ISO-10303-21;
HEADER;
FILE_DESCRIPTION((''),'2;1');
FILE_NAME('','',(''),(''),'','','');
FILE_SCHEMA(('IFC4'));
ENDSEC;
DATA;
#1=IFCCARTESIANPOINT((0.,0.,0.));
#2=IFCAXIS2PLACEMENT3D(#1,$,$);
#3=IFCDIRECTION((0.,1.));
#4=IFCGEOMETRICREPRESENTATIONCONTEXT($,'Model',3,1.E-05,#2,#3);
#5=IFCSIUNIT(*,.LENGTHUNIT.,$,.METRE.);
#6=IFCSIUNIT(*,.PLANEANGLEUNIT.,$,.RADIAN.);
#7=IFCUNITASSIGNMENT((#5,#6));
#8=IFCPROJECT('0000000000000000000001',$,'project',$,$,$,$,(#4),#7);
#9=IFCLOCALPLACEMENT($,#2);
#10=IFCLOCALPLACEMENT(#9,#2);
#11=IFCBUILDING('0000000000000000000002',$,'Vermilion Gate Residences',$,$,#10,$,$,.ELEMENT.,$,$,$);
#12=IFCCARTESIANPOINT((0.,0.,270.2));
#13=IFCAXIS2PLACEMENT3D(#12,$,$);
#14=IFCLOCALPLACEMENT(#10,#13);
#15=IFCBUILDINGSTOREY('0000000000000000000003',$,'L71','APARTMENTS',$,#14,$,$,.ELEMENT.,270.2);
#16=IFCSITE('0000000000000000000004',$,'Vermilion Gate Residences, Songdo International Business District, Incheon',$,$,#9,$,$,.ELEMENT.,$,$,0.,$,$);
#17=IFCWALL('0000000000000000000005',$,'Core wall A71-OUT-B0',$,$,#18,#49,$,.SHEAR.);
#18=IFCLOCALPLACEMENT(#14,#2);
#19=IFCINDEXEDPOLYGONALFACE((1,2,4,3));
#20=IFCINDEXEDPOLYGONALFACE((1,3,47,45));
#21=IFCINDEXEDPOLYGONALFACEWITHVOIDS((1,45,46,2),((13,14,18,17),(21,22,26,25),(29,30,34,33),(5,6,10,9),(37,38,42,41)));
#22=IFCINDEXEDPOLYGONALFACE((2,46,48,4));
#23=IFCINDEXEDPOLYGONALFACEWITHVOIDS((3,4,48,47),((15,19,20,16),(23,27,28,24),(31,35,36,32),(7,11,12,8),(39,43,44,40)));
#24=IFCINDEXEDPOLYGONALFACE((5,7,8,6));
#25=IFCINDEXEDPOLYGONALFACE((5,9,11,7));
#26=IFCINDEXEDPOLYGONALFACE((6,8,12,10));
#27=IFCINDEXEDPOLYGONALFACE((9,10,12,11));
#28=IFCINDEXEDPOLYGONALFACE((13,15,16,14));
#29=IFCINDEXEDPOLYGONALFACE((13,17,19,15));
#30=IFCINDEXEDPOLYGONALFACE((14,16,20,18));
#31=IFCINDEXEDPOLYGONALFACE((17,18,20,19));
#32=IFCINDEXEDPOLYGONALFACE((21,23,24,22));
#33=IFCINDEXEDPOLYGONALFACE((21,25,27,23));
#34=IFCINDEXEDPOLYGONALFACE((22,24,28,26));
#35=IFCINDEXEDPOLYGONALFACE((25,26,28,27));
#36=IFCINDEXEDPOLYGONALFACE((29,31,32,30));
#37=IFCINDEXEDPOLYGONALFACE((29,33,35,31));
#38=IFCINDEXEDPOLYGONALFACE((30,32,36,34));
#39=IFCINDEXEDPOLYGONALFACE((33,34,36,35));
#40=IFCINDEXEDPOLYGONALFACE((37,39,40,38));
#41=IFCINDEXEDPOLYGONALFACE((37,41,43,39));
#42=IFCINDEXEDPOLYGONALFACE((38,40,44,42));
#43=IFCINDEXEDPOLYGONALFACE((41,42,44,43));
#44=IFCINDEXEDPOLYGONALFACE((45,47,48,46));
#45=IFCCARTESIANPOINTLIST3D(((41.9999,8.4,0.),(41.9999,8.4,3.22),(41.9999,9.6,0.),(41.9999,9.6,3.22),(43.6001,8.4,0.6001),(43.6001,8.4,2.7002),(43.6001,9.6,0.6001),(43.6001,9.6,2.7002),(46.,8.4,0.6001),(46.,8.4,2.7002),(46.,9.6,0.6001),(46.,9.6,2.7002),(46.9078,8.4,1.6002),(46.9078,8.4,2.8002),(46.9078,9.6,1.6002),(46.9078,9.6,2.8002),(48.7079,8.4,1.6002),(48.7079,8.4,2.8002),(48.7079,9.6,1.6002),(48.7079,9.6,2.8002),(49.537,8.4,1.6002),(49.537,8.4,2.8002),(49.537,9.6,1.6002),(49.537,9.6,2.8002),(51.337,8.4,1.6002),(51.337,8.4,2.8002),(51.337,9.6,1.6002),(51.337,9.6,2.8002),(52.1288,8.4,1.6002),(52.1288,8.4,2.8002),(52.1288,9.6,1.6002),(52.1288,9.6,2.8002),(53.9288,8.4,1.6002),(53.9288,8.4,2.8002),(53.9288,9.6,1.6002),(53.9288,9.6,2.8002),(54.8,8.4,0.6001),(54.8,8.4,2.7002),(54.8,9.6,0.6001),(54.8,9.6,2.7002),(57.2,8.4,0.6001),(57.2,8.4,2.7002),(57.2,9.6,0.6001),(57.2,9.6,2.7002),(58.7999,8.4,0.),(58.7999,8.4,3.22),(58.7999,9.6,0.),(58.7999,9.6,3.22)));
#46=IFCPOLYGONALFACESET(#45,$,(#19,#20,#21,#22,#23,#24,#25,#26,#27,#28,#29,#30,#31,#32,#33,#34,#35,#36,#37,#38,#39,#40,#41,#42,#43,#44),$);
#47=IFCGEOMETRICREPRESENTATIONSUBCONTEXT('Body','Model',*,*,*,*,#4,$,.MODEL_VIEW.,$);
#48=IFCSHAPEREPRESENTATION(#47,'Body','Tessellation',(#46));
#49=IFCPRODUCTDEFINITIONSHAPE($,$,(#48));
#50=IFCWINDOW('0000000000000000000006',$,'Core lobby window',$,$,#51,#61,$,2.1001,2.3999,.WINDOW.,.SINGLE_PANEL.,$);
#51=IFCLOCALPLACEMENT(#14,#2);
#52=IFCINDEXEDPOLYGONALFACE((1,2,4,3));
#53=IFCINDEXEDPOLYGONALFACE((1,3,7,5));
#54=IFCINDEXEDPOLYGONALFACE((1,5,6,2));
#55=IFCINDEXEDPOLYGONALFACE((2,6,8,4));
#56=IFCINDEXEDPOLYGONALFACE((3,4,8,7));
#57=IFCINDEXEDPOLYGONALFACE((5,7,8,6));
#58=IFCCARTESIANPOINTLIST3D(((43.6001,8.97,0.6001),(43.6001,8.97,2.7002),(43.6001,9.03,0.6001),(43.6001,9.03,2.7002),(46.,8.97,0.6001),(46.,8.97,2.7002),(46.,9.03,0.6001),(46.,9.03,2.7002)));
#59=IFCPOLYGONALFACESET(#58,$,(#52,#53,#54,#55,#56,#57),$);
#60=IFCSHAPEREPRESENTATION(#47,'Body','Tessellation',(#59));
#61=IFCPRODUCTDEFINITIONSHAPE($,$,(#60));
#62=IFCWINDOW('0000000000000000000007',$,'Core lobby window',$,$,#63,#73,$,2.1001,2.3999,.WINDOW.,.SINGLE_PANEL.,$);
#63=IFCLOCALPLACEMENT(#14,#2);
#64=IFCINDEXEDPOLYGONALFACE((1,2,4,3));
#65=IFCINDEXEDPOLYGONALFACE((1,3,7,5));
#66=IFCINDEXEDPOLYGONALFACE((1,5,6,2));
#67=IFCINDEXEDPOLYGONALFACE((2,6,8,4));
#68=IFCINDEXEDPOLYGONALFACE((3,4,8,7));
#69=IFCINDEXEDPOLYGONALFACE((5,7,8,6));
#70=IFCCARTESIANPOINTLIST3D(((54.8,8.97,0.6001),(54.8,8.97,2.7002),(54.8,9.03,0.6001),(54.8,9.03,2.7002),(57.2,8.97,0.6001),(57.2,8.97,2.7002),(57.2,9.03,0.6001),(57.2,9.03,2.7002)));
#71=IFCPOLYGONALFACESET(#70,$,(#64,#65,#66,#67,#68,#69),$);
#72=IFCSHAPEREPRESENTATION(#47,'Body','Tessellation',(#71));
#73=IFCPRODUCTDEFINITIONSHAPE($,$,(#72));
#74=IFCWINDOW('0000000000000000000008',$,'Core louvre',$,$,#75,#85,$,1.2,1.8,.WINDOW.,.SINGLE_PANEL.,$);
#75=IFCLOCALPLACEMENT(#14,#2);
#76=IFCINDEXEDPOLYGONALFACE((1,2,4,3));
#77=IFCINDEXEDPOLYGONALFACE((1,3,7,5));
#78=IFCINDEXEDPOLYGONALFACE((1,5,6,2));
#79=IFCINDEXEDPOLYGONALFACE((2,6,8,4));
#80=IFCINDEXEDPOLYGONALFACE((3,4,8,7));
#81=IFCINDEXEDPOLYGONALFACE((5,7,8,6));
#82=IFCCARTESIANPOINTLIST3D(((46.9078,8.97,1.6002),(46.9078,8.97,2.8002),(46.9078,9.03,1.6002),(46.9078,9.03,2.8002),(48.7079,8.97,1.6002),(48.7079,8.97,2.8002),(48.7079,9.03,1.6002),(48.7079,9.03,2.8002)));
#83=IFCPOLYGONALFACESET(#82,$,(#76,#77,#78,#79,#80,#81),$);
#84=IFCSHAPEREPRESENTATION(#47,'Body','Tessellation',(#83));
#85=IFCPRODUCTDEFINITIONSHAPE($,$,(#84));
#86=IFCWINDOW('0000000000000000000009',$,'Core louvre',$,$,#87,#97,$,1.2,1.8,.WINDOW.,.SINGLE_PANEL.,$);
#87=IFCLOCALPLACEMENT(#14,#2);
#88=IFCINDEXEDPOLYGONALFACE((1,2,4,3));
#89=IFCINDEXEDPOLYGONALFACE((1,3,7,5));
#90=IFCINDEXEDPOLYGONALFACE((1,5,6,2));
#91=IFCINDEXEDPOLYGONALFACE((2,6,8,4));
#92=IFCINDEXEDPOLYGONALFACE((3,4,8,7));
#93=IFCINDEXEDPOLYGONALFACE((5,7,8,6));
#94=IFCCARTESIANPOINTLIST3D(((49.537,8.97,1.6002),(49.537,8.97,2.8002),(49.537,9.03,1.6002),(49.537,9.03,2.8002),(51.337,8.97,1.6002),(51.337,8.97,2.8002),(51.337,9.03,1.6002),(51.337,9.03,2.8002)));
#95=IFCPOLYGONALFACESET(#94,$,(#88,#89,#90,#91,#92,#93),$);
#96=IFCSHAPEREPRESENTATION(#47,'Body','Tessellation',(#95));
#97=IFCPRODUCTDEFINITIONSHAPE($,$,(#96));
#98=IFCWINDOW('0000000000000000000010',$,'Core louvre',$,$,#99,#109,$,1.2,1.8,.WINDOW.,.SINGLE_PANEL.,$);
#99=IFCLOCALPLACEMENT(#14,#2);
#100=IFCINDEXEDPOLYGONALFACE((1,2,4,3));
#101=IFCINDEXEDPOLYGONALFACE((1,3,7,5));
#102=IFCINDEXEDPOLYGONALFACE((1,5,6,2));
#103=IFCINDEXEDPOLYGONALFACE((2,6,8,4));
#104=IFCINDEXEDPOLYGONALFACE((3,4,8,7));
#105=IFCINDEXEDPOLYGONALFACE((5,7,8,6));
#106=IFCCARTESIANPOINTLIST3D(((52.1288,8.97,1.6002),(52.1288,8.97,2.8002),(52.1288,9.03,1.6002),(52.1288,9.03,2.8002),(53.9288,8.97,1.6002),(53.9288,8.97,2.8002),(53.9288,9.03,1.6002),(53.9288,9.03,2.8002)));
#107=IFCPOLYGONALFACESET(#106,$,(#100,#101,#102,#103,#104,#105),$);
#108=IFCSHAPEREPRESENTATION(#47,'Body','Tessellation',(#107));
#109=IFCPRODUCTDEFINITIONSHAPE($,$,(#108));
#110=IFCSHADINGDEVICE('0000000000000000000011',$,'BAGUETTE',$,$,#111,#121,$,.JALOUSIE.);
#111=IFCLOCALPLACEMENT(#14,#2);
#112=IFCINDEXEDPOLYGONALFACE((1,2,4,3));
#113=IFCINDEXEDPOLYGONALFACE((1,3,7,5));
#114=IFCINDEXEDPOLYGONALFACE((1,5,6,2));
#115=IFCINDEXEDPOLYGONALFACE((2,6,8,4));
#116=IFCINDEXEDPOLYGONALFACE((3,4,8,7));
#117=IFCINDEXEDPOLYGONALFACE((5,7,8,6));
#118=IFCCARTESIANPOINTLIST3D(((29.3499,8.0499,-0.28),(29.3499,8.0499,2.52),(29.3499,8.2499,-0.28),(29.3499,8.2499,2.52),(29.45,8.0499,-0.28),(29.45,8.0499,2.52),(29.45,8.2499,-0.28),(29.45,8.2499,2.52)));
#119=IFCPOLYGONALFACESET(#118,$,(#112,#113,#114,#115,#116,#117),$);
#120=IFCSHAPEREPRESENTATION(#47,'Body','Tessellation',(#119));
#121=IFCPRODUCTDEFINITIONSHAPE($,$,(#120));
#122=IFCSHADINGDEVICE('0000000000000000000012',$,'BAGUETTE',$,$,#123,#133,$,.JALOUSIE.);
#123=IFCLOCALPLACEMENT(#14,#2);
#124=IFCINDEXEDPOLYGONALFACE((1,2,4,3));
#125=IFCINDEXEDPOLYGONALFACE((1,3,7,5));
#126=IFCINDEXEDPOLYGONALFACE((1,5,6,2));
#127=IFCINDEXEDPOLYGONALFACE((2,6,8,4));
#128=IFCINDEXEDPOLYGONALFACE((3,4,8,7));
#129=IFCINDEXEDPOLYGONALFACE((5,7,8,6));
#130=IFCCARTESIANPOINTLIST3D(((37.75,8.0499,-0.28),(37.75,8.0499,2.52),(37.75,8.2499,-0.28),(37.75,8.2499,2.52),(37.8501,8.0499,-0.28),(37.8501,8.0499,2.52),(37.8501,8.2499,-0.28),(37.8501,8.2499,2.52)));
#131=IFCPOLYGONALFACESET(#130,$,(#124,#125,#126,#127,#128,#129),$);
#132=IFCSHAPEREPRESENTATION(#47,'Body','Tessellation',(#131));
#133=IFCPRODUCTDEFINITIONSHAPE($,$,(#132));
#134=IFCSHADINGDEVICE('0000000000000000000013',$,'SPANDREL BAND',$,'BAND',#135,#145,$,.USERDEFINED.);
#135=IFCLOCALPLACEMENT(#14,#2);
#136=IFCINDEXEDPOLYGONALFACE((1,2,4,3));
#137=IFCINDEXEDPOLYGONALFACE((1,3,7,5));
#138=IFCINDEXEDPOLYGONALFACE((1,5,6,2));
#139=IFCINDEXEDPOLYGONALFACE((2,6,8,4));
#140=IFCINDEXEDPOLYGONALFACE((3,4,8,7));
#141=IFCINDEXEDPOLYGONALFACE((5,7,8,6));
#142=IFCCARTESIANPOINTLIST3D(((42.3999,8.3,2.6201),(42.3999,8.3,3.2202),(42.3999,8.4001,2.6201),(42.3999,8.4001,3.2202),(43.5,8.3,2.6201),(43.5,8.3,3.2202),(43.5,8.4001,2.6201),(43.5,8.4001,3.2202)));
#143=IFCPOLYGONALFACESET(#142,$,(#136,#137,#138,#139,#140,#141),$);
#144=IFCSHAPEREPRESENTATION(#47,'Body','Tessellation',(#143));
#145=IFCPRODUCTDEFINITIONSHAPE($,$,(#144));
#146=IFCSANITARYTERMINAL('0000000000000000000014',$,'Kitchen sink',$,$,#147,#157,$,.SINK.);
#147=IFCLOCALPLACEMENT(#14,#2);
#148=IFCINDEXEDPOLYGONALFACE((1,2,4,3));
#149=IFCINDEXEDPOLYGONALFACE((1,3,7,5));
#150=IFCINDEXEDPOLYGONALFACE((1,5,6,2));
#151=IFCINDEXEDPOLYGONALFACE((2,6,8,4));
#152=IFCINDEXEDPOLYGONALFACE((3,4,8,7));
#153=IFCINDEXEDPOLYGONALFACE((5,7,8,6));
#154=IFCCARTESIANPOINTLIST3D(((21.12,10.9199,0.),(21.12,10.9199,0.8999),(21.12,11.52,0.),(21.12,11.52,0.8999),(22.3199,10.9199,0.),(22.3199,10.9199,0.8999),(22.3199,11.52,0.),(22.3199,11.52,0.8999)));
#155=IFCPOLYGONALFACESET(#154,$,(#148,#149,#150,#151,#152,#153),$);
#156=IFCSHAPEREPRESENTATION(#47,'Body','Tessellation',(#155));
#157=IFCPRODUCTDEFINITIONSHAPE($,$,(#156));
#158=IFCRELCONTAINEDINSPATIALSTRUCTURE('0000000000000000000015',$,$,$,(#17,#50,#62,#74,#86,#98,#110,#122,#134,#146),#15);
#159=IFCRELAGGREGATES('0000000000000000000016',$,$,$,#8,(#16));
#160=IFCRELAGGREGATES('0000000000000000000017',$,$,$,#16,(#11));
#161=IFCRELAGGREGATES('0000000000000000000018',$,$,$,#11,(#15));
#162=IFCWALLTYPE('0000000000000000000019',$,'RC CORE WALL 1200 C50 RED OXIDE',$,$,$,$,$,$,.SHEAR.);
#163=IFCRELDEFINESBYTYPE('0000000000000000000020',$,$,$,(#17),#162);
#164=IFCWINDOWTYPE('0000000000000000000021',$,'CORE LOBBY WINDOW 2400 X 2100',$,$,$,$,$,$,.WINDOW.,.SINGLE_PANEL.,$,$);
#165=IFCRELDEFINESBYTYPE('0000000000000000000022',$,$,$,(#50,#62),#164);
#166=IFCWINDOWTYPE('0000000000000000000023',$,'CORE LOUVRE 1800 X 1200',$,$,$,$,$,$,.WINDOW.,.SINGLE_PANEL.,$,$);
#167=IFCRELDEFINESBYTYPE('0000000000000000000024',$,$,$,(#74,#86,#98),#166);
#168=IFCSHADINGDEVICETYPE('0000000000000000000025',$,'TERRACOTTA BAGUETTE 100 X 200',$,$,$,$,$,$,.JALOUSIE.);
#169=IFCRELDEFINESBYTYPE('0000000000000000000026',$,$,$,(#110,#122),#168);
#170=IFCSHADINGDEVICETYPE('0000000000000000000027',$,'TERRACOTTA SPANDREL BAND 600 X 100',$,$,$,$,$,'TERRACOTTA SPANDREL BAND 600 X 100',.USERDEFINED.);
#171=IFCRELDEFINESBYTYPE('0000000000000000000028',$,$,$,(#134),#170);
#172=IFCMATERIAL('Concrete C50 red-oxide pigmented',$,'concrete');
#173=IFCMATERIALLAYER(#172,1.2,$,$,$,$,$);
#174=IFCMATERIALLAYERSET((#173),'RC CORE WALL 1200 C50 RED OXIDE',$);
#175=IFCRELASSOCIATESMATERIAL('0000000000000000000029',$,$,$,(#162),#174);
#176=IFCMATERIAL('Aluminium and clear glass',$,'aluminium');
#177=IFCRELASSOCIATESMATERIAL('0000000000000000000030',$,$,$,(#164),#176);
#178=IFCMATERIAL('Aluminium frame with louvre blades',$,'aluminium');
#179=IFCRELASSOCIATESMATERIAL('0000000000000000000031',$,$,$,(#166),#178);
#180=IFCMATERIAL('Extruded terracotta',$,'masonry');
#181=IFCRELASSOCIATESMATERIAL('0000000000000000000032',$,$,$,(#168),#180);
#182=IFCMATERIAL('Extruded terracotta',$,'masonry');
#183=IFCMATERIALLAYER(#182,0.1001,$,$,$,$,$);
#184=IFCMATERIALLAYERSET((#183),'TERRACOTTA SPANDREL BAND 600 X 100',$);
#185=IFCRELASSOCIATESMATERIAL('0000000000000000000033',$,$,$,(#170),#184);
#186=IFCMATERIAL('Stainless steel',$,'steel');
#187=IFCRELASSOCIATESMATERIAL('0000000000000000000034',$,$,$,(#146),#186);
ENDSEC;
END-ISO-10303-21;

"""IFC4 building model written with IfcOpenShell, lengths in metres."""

from ifc_helpers import new_model, si_unit, direction, frame, frame_2d, origin, origin_2d, place, context, subcontext, project, spatial, rectangle, extrude, material, layer, layer_set, material_profile, profile_set, type_object, element, fill, save


model = new_model("IFC4")

# Units and contexts
model_context = context("Model", 3, precision=1e-05, world=origin(), true_north=direction((0.0, 1.0)))
body_context = subcontext(model_context, "Body", "Model", "MODEL_VIEW")
ifc_project = project(units=[si_unit("LENGTHUNIT", "METRE"), si_unit("PLANEANGLEUNIT", "RADIAN")], contexts=[model_context])

# Site, building, storey
site_placement = place(None, origin())
site = spatial("IfcSite", under=ifc_project, at=site_placement, Name="Vermilion Gate Residences, Songdo International Business District, Incheon", CompositionType="ELEMENT", RefElevation=0.0)
building_placement = place(site_placement, origin())
building = spatial("IfcBuilding", under=site, at=building_placement, Name="Vermilion Gate Residences", CompositionType="ELEMENT")
storey_placement = place(building_placement, frame((0.0, 0.0, 270.2)))
storey = spatial("IfcBuildingStorey", under=building, at=storey_placement, Name="L71", Description="APARTMENTS", CompositionType="ELEMENT", Elevation=270.2)

# Wall, openings, windows
ifc_material_1 = material(Name="Concrete C50 red-oxide pigmented", Category="concrete")
ifc_layer_1 = layer(ifc_material_1, 1.2)
ifc_layer_set_1 = layer_set([ifc_layer_1], Name="RC CORE WALL 1200 C50 RED OXIDE")
wall_type_1 = type_object("IfcWallType", Name="RC CORE WALL 1200 C50 RED OXIDE", PredefinedType="SHEAR", material=ifc_layer_set_1)
wall_1_placement = place(storey_placement, frame((42.0, 9.0, 0.0), z_axis=(0.0, 0.0, 1.0), x_axis=(1.0, 0.0, 0.0)))
wall_1 = element("IfcWall", 1, at=wall_1_placement, inside=storey, type_object=wall_type_1, Name="Core wall A71-OUT-B0", PredefinedType="SHEAR", context=body_context, shape_type="SweptSolid", body=[
    extrude(rectangle(XDim=16.8, YDim=1.2, at=frame_2d((8.3999, 0.0))), origin(), (0.0, 0.0, 1.0), 3.22),
])
opening_1_placement = place(wall_1_placement, frame((1.6001, 0.0, 0.6001)))
opening_1 = element("IfcOpeningElement", 2, at=opening_1_placement, cuts=wall_1, PredefinedType="OPENING", context=body_context, shape_type="SweptSolid", body=[
    extrude(rectangle(XDim=2.3999, YDim=2.1001, at=frame_2d((1.2, 1.05))), frame((0.0, 0.6099, 0.0), z_axis=(0.0, -1.0, 0.0), x_axis=(1.0, 0.0, 0.0)), (0.0, 0.0, 1.0), 1.22),
])
opening_2_placement = place(wall_1_placement, frame((4.908, 0.0, 1.6001)))
opening_2 = element("IfcOpeningElement", 3, at=opening_2_placement, cuts=wall_1, PredefinedType="OPENING", context=body_context, shape_type="SweptSolid", body=[
    extrude(rectangle(XDim=1.8, YDim=1.2, at=frame_2d((0.8999, 0.6001))), frame((0.0, 0.6099, 0.0), z_axis=(0.0, -1.0, 0.0), x_axis=(1.0, 0.0, 0.0)), (0.0, 0.0, 1.0), 1.22),
])
opening_3_placement = place(wall_1_placement, frame((7.5371, 0.0, 1.6001)))
opening_3 = element("IfcOpeningElement", 4, at=opening_3_placement, cuts=wall_1, PredefinedType="OPENING", context=body_context, shape_type="SweptSolid", body=[
    extrude(rectangle(XDim=1.8, YDim=1.2, at=frame_2d((0.8999, 0.6001))), frame((0.0, 0.6099, 0.0), z_axis=(0.0, -1.0, 0.0), x_axis=(1.0, 0.0, 0.0)), (0.0, 0.0, 1.0), 1.22),
])
opening_4_placement = place(wall_1_placement, frame((10.1289, 0.0, 1.6001)))
opening_4 = element("IfcOpeningElement", 5, at=opening_4_placement, cuts=wall_1, PredefinedType="OPENING", context=body_context, shape_type="SweptSolid", body=[
    extrude(rectangle(XDim=1.8, YDim=1.2, at=frame_2d((0.8999, 0.6001))), frame((0.0, 0.6099, 0.0), z_axis=(0.0, -1.0, 0.0), x_axis=(1.0, 0.0, 0.0)), (0.0, 0.0, 1.0), 1.22),
])
opening_5_placement = place(wall_1_placement, frame((12.8, 0.0, 0.6001)))
opening_5 = element("IfcOpeningElement", 6, at=opening_5_placement, cuts=wall_1, PredefinedType="OPENING", context=body_context, shape_type="SweptSolid", body=[
    extrude(rectangle(XDim=2.3999, YDim=2.1001, at=frame_2d((1.2, 1.05))), frame((0.0, 0.6099, 0.0), z_axis=(0.0, -1.0, 0.0), x_axis=(1.0, 0.0, 0.0)), (0.0, 0.0, 1.0), 1.22),
])
ifc_material_2 = material(Name="Aluminium and clear glass", Category="aluminium")
window_type_1 = type_object("IfcWindowType", Name="CORE LOBBY WINDOW 2400 X 2100", PartitioningType="SINGLE_PANEL", PredefinedType="WINDOW", material=ifc_material_2)
window_1_placement = place(opening_1_placement, origin())
window_1 = element("IfcWindow", 7, at=window_1_placement, inside=storey, type_object=window_type_1, Name="Core lobby window", OverallHeight=2.1001, OverallWidth=2.3999, PartitioningType="SINGLE_PANEL", PredefinedType="WINDOW", context=body_context, shape_type="SweptSolid", body=[
    extrude(rectangle(XDim=2.3999, YDim=2.1001, at=frame_2d((1.2, 1.05))), frame((0.0, 0.03, 0.0), z_axis=(0.0, -1.0, 0.0), x_axis=(1.0, 0.0, 0.0)), (0.0, 0.0, 1.0), 0.0601),
])
fill(opening_1, window_1)
window_2_placement = place(opening_5_placement, origin())
window_2 = element("IfcWindow", 8, at=window_2_placement, inside=storey, type_object=window_type_1, Name="Core lobby window", OverallHeight=2.1001, OverallWidth=2.3999, PartitioningType="SINGLE_PANEL", PredefinedType="WINDOW", context=body_context, shape_type="SweptSolid", body=[
    extrude(rectangle(XDim=2.3999, YDim=2.1001, at=frame_2d((1.2, 1.05))), frame((0.0, 0.03, 0.0), z_axis=(0.0, -1.0, 0.0), x_axis=(1.0, 0.0, 0.0)), (0.0, 0.0, 1.0), 0.0601),
])
fill(opening_5, window_2)
ifc_material_3 = material(Name="Aluminium frame with louvre blades", Category="aluminium")
window_type_2 = type_object("IfcWindowType", Name="CORE LOUVRE 1800 X 1200", PartitioningType="SINGLE_PANEL", PredefinedType="WINDOW", material=ifc_material_3)
window_3_placement = place(opening_2_placement, origin())
window_3 = element("IfcWindow", 9, at=window_3_placement, inside=storey, type_object=window_type_2, Name="Core louvre", OverallHeight=1.2, OverallWidth=1.8, PartitioningType="SINGLE_PANEL", PredefinedType="WINDOW", context=body_context, shape_type="SweptSolid", body=[
    extrude(rectangle(XDim=1.8, YDim=1.2, at=frame_2d((0.8999, 0.6001))), frame((0.0, 0.03, 0.0), z_axis=(0.0, -1.0, 0.0), x_axis=(1.0, 0.0, 0.0)), (0.0, 0.0, 1.0), 0.0601),
])
fill(opening_2, window_3)
window_4_placement = place(opening_3_placement, origin())
window_4 = element("IfcWindow", 10, at=window_4_placement, inside=storey, type_object=window_type_2, Name="Core louvre", OverallHeight=1.2, OverallWidth=1.8, PartitioningType="SINGLE_PANEL", PredefinedType="WINDOW", context=body_context, shape_type="SweptSolid", body=[
    extrude(rectangle(XDim=1.8, YDim=1.2, at=frame_2d((0.8999, 0.6001))), frame((0.0, 0.03, 0.0), z_axis=(0.0, -1.0, 0.0), x_axis=(1.0, 0.0, 0.0)), (0.0, 0.0, 1.0), 0.0601),
])
fill(opening_3, window_4)
window_5_placement = place(opening_4_placement, origin())
window_5 = element("IfcWindow", 11, at=window_5_placement, inside=storey, type_object=window_type_2, Name="Core louvre", OverallHeight=1.2, OverallWidth=1.8, PartitioningType="SINGLE_PANEL", PredefinedType="WINDOW", context=body_context, shape_type="SweptSolid", body=[
    extrude(rectangle(XDim=1.8, YDim=1.2, at=frame_2d((0.8999, 0.6001))), frame((0.0, 0.03, 0.0), z_axis=(0.0, -1.0, 0.0), x_axis=(1.0, 0.0, 0.0)), (0.0, 0.0, 1.0), 0.0601),
])
fill(opening_4, window_5)

# Shading devices
ifc_material_4 = material(Name="Extruded terracotta", Category="masonry")
ifc_material_profile_1 = material_profile(ifc_material_4, rectangle(XDim=0.2, YDim=0.1001, at=origin_2d()), Name="BAGUETTE 100 X 200")
ifc_profile_set_1 = profile_set([ifc_material_profile_1], Name="Extruded terracotta")
shading_device_type_1 = type_object("IfcShadingDeviceType", Name="TERRACOTTA BAGUETTE 100 X 200", PredefinedType="JALOUSIE", material=ifc_profile_set_1)
for number, where, z_axis, x_axis, name in (
    (12, (29.3999, 8.1499, -0.28), (0.0, 0.0, 1.0), (0.0, 1.0, 0.0), "BAGUETTE"),
    (13, (37.8, 8.1499, -0.28), (0.0, 0.0, 1.0), (0.0, 1.0, 0.0), "BAGUETTE"),
):
    element("IfcShadingDevice", number, at=place(storey_placement, frame(where, z_axis=z_axis, x_axis=x_axis)), inside=storey, type_object=shading_device_type_1, Name=name, PredefinedType="JALOUSIE", context=body_context, shape_type="SweptSolid", body=[
        extrude(rectangle(XDim=0.2, YDim=0.1001, at=origin_2d()), origin(), (0.0, 0.0, 1.0), 2.8),
    ])
ifc_material_5 = material(Name="Extruded terracotta", Category="masonry")
ifc_layer_2 = layer(ifc_material_5, 0.1001)
ifc_layer_set_2 = layer_set([ifc_layer_2], Name="TERRACOTTA SPANDREL BAND 600 X 100")
shading_device_type_2 = type_object("IfcShadingDeviceType", Name="TERRACOTTA SPANDREL BAND 600 X 100", ElementType="TERRACOTTA SPANDREL BAND 600 X 100", PredefinedType="USERDEFINED", material=ifc_layer_set_2)
shading_device_placement = place(storey_placement, frame((42.95, 8.3501, 2.6201), z_axis=(0.0, 0.0, 1.0), x_axis=(1.0, 0.0, 0.0)))
element("IfcShadingDevice", 14, at=shading_device_placement, inside=storey, type_object=shading_device_type_2, Name="SPANDREL BAND", ObjectType="BAND", PredefinedType="USERDEFINED", context=body_context, shape_type="SweptSolid", body=[
    extrude(rectangle(XDim=1.1001, YDim=0.1001, at=origin_2d()), origin(), (0.0, 0.0, 1.0), 0.6001),
])

# Sanitary terminal
ifc_material_6 = material(Name="Stainless steel", Category="steel")
sanitary_terminal_placement = place(storey_placement, frame((21.72, 11.22, 0.0), z_axis=(0.0, 0.0, 1.0), x_axis=(1.0, 0.0, 0.0)))
element("IfcSanitaryTerminal", 15, at=sanitary_terminal_placement, inside=storey, material=ifc_material_6, Name="Kitchen sink", PredefinedType="SINK", context=body_context, shape_type="SweptSolid", body=[
    extrude(rectangle(XDim=1.2, YDim=0.6001, at=origin_2d()), origin(), (0.0, 0.0, 1.0), 0.8999),
])

save(model, "model.ifc")
